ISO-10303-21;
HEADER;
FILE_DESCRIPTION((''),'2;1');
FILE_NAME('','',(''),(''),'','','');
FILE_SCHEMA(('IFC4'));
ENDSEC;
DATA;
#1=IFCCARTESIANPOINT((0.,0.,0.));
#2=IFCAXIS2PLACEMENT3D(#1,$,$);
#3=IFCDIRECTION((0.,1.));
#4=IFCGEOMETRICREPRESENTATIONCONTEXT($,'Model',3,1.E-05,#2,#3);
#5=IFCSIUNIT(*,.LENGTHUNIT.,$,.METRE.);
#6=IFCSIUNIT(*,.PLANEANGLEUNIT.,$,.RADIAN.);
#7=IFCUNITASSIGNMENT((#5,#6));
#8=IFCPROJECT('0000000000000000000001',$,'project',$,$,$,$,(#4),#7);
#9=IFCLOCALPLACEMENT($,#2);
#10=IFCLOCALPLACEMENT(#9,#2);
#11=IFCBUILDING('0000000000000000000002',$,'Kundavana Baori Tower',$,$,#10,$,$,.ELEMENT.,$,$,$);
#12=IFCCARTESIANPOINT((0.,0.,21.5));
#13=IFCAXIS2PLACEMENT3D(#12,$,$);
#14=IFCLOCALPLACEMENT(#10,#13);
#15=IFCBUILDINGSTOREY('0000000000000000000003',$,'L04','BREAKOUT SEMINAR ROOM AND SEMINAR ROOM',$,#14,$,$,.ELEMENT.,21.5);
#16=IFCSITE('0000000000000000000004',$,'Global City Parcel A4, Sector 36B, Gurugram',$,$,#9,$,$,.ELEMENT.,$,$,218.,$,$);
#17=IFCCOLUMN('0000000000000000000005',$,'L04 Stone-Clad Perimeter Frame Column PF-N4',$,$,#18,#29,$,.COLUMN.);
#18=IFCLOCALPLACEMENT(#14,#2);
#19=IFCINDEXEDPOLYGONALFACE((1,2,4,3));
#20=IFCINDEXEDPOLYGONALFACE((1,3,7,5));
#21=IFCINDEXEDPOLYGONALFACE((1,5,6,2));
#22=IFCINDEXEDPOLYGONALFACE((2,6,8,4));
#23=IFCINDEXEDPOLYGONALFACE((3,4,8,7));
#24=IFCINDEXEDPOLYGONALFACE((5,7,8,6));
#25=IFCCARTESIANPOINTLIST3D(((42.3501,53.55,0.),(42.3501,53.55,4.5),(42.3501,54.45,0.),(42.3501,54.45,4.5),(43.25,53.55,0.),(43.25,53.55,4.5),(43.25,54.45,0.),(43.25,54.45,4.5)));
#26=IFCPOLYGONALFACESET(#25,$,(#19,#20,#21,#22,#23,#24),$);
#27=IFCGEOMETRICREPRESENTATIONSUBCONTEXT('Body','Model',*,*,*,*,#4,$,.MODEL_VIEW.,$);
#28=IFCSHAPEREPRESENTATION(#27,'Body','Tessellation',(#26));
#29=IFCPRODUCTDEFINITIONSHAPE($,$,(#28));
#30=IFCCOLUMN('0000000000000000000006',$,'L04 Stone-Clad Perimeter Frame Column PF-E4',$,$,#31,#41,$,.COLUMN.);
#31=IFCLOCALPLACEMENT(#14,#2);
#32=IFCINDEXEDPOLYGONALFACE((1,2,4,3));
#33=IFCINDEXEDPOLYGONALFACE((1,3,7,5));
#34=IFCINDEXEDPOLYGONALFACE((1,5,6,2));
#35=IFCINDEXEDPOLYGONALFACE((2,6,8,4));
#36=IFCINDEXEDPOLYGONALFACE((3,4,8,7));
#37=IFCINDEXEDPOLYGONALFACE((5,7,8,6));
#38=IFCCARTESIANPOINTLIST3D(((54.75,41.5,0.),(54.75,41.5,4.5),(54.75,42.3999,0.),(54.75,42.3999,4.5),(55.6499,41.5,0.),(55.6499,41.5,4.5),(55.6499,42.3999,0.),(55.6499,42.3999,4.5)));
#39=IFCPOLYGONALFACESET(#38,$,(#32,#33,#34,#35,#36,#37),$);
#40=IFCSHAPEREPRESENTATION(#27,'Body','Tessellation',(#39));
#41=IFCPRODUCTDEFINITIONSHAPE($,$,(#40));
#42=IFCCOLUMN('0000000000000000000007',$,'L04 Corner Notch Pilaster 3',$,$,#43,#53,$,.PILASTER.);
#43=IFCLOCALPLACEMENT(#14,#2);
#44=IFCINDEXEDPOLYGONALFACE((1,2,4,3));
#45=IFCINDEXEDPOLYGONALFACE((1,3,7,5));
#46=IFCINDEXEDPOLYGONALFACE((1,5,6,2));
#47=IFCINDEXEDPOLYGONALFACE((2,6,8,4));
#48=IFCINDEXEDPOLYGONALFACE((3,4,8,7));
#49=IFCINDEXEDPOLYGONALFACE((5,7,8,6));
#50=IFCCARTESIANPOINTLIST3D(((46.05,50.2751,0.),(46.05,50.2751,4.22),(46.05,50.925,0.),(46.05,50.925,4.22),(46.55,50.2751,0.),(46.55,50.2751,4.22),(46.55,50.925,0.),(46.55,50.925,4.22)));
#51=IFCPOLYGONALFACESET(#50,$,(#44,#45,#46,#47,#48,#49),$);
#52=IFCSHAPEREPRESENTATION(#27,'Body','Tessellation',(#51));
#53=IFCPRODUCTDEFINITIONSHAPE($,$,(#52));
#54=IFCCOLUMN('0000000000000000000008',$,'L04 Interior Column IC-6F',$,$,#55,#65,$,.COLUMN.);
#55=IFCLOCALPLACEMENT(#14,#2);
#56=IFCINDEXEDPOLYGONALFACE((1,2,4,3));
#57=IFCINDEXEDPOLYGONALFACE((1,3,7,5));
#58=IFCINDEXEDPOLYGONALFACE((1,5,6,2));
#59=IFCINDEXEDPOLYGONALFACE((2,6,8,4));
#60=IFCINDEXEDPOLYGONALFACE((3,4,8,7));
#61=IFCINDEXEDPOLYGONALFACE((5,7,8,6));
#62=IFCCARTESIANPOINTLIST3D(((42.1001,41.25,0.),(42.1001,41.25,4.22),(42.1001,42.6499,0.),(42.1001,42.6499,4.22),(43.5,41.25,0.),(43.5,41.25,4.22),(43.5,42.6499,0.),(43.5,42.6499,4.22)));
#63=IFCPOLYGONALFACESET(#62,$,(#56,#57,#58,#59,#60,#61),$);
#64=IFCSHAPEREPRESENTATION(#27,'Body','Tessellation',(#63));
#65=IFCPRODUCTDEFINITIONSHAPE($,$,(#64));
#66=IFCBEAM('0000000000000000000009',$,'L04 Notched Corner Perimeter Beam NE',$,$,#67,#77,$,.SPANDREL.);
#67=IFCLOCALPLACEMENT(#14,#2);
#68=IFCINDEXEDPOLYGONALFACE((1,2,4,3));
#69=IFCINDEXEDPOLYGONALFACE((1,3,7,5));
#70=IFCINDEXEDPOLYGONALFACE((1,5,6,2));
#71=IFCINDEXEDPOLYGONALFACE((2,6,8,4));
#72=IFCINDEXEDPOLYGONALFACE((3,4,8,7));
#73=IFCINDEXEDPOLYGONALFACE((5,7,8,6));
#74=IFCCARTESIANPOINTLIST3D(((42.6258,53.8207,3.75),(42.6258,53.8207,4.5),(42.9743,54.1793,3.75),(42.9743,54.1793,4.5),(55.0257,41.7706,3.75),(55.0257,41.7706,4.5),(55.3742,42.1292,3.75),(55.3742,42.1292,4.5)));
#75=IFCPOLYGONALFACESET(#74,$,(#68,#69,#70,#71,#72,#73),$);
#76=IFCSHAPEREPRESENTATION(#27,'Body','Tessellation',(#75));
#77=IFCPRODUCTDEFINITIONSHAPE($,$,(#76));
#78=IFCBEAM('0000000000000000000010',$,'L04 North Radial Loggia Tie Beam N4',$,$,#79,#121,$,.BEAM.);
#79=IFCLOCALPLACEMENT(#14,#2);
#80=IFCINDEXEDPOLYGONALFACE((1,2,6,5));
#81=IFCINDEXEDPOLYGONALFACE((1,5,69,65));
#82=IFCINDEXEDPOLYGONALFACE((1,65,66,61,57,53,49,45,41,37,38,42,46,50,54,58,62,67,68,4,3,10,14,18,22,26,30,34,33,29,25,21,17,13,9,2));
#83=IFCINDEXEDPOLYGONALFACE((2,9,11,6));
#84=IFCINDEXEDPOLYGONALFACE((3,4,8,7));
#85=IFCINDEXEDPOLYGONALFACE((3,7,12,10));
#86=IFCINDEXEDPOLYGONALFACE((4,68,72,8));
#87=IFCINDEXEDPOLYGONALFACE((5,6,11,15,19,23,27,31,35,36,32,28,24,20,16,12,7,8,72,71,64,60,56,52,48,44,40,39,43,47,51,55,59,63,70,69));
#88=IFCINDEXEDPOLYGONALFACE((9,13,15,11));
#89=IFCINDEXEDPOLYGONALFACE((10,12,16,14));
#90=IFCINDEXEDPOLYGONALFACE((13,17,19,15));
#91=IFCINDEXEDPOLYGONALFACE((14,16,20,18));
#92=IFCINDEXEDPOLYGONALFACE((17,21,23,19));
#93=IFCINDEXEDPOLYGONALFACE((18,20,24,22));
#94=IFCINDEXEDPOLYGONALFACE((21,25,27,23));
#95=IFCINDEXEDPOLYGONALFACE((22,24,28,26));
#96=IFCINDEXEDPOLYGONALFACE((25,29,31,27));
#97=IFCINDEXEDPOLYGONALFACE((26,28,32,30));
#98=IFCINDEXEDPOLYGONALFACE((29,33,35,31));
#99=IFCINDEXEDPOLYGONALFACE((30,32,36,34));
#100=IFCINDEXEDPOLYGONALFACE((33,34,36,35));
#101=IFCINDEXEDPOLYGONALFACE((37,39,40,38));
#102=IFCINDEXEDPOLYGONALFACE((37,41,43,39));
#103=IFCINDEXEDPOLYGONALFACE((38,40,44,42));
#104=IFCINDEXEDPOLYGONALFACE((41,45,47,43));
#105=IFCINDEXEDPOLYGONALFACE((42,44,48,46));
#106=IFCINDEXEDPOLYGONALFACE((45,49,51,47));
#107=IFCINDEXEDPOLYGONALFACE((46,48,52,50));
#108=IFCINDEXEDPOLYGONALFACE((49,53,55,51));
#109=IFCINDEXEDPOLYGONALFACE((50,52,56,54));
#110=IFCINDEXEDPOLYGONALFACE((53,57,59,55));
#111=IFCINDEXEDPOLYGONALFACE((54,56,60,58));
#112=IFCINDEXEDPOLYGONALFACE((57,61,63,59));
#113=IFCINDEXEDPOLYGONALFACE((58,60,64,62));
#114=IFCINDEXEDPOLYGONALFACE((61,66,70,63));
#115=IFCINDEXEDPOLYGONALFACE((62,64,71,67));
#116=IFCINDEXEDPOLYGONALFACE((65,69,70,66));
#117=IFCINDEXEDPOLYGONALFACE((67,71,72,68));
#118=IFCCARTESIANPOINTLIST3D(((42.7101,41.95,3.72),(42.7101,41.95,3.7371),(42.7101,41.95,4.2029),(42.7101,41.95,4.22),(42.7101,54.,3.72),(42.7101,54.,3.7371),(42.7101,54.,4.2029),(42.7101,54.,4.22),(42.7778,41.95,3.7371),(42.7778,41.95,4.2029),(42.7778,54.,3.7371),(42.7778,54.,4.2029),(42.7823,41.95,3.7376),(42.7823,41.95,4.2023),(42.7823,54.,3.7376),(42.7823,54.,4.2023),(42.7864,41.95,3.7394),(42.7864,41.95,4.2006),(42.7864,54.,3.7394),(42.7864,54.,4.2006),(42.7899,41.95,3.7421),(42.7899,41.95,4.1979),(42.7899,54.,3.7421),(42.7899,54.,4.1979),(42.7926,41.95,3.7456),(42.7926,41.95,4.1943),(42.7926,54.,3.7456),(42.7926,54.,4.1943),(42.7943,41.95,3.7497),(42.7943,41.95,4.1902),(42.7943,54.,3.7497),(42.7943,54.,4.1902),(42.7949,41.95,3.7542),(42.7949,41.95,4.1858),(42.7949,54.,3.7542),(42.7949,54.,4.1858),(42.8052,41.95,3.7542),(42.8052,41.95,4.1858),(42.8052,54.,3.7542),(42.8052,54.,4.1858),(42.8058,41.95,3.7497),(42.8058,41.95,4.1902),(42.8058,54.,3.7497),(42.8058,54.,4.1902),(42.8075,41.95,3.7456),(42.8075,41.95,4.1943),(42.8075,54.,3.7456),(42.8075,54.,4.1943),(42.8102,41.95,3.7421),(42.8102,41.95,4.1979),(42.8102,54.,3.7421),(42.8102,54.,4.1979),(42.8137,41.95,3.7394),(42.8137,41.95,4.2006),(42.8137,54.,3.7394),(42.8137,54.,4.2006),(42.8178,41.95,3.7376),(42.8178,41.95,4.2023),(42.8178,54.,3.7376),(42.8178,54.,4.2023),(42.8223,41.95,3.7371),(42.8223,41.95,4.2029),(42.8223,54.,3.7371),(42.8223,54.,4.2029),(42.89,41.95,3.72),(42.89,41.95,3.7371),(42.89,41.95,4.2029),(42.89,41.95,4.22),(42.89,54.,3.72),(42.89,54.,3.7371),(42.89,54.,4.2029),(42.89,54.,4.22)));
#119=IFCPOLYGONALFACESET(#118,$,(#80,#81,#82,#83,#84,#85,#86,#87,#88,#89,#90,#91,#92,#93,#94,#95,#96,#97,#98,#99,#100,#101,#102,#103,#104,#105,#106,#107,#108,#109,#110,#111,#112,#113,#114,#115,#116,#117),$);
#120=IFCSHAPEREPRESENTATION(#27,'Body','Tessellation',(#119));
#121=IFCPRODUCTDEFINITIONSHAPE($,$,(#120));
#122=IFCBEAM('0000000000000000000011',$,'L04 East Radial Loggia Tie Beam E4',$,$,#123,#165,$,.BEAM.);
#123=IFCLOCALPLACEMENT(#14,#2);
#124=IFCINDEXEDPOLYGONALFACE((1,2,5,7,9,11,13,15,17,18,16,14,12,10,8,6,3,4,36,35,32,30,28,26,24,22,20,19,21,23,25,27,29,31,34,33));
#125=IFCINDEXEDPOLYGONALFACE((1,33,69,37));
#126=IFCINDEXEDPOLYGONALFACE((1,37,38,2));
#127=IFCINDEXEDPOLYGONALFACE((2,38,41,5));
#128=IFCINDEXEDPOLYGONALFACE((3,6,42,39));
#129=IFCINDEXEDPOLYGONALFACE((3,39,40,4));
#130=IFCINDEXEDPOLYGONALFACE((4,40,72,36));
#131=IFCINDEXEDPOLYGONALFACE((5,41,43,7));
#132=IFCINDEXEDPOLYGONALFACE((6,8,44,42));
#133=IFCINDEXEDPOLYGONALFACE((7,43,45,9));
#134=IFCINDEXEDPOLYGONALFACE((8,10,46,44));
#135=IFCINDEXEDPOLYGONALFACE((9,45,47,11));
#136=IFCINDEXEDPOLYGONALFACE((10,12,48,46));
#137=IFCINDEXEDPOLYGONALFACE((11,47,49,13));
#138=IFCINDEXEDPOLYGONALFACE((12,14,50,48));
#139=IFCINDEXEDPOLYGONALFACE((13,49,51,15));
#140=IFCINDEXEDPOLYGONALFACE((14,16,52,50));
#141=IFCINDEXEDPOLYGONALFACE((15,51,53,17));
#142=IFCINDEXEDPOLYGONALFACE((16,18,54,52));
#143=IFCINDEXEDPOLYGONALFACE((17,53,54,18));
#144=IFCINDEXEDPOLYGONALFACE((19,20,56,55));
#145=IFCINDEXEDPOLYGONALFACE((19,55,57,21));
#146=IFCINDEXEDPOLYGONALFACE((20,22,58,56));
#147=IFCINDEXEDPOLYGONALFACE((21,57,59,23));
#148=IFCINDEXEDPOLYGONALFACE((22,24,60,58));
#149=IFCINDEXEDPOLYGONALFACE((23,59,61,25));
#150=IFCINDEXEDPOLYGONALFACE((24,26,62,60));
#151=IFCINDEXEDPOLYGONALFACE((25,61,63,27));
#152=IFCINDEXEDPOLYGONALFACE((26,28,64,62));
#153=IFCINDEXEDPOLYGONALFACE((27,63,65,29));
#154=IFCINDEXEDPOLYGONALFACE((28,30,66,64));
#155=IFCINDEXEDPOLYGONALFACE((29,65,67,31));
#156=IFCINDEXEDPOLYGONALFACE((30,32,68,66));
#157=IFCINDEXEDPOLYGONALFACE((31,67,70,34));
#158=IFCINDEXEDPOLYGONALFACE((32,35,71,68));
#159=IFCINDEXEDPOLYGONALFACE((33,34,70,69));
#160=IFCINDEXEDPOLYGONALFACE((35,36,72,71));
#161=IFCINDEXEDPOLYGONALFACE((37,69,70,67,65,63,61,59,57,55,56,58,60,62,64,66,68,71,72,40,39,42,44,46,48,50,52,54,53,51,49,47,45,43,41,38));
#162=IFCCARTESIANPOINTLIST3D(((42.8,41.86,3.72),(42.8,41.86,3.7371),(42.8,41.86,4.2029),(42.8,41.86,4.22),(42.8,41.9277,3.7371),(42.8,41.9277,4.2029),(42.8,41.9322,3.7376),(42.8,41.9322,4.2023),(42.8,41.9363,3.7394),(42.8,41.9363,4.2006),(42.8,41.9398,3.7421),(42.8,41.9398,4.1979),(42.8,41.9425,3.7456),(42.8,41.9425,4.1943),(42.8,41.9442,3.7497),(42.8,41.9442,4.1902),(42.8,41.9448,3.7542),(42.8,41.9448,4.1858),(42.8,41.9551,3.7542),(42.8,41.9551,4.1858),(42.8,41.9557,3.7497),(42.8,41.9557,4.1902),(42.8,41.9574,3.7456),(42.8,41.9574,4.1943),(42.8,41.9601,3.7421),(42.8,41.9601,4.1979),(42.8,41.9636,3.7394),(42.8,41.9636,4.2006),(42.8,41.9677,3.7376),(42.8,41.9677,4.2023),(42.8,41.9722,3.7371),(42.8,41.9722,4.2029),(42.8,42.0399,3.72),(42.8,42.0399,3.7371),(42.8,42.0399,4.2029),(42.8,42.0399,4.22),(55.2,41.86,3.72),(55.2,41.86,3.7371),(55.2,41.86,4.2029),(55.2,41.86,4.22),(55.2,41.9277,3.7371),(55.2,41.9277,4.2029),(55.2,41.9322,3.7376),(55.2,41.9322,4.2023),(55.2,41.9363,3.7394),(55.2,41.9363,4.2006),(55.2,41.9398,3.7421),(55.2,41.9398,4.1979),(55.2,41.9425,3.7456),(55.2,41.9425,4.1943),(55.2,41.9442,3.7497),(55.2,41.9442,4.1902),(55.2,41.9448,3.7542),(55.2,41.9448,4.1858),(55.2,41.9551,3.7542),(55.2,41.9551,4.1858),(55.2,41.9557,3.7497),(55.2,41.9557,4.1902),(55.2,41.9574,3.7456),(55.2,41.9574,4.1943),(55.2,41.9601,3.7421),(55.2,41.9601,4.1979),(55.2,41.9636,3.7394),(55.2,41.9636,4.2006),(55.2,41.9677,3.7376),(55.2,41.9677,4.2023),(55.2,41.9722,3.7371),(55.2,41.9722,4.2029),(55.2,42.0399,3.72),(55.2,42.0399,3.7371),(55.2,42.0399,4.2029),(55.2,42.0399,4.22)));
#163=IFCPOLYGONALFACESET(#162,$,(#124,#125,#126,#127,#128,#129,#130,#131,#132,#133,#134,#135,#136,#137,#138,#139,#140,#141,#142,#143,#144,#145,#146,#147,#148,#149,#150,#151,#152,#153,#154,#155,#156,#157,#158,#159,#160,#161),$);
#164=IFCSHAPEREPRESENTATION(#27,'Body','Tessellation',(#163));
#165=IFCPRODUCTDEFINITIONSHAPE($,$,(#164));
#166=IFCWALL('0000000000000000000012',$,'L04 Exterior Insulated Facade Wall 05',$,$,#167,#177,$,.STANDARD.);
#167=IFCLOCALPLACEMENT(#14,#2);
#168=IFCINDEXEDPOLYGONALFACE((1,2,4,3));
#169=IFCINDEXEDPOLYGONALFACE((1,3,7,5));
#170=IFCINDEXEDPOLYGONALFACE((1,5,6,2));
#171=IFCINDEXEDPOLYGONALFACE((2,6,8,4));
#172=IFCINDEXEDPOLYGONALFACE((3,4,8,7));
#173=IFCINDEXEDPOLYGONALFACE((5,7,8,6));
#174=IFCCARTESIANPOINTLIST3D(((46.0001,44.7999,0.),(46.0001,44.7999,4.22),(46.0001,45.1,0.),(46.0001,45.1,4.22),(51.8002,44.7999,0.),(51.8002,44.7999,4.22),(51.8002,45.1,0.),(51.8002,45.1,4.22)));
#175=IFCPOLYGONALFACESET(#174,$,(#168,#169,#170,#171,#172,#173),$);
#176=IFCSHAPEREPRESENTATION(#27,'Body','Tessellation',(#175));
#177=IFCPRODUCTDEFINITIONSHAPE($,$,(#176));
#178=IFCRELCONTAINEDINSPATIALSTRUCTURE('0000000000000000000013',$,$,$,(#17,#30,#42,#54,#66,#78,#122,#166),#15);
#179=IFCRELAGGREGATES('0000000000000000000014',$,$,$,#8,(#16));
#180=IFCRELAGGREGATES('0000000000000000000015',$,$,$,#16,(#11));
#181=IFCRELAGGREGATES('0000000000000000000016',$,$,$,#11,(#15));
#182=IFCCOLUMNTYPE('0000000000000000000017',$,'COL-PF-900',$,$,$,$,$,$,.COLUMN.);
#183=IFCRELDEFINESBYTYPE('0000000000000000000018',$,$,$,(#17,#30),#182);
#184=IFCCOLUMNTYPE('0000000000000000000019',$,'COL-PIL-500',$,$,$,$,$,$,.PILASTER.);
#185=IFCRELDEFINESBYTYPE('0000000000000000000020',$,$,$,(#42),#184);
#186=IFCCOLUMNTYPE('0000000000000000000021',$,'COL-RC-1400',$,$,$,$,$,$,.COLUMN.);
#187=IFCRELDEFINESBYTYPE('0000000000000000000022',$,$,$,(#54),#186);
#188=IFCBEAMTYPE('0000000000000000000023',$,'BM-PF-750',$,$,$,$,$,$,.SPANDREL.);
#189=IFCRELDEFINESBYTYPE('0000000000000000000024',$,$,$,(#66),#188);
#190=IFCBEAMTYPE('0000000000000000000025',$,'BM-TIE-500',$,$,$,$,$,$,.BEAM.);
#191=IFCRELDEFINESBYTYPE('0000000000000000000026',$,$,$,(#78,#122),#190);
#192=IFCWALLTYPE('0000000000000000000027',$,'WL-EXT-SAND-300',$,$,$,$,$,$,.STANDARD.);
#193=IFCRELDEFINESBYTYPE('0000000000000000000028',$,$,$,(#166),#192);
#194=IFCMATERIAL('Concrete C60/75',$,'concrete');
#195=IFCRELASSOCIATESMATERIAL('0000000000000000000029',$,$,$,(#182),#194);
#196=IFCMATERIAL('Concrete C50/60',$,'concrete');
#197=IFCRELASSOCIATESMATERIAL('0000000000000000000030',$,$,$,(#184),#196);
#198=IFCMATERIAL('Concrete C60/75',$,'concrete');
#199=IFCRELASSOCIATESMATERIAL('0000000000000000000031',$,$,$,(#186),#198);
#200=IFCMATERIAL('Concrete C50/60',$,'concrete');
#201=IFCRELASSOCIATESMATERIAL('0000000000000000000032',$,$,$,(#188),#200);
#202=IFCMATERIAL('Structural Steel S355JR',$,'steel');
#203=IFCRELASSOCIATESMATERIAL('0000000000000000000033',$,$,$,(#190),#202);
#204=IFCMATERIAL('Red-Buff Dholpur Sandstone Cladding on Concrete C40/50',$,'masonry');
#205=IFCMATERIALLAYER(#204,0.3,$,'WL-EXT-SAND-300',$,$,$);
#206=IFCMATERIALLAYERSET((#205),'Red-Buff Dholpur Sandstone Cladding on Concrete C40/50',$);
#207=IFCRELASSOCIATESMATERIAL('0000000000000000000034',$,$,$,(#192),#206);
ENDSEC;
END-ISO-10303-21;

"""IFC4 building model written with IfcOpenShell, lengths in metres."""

from ifc_helpers import new_model, si_unit, direction, frame, frame_2d, origin, origin_2d, place, context, subcontext, project, spatial, rectangle, i_section, extrude, material, layer, layer_set, material_profile, profile_set, type_object, element, save


model = new_model("IFC4")

# Units and contexts
model_context = context("Model", 3, precision=1e-05, world=origin(), true_north=direction((0.0, 1.0)))
body_context = subcontext(model_context, "Body", "Model", "MODEL_VIEW")
ifc_project = project(units=[si_unit("LENGTHUNIT", "METRE"), si_unit("PLANEANGLEUNIT", "RADIAN")], contexts=[model_context])

# Site, building, storey
site_placement = place(None, origin())
site = spatial("IfcSite", under=ifc_project, at=site_placement, Name="Global City Parcel A4, Sector 36B, Gurugram", CompositionType="ELEMENT", RefElevation=218.0)
building_placement = place(site_placement, origin())
building = spatial("IfcBuilding", under=site, at=building_placement, Name="Kundavana Baori Tower", CompositionType="ELEMENT")
storey_placement = place(building_placement, frame((0.0, 0.0, 21.5)))
storey = spatial("IfcBuildingStorey", under=building, at=storey_placement, Name="L04", Description="BREAKOUT SEMINAR ROOM AND SEMINAR ROOM", CompositionType="ELEMENT", Elevation=21.5)

# Columns
ifc_material_1 = material(Name="Concrete C60/75", Category="concrete")
ifc_material_profile_1 = material_profile(ifc_material_1, rectangle(XDim=0.8999, YDim=0.8999, at=origin_2d()), Name="RC PF 900x900")
ifc_profile_set_1 = profile_set([ifc_material_profile_1], Name="Concrete C60/75")
column_type_1 = type_object("IfcColumnType", Name="COL-PF-900", PredefinedType="COLUMN", material=ifc_profile_set_1)
for number, where, z_axis, x_axis, name in (
    (1, (42.8, 54.0, 0.0), (0.0, 0.0, 1.0), (1.0, 0.0, 0.0), "L04 Stone-Clad Perimeter Frame Column PF-N4"),
    (2, (55.2, 41.95, 0.0), (0.0, 0.0, 1.0), (1.0, 0.0, 0.0), "L04 Stone-Clad Perimeter Frame Column PF-E4"),
):
    element("IfcColumn", number, at=place(storey_placement, frame(where, z_axis=z_axis, x_axis=x_axis)), inside=storey, type_object=column_type_1, Name=name, PredefinedType="COLUMN", context=body_context, shape_type="SweptSolid", body=[
        extrude(rectangle(XDim=0.8999, YDim=0.8999, at=origin_2d()), origin(), (0.0, 0.0, 1.0), 4.5),
    ])
ifc_material_2 = material(Name="Concrete C50/60", Category="concrete")
ifc_material_profile_2 = material_profile(ifc_material_2, rectangle(XDim=0.5, YDim=0.6499, at=origin_2d()), Name="RC PIL 500x650")
ifc_profile_set_2 = profile_set([ifc_material_profile_2], Name="Concrete C50/60")
column_type_2 = type_object("IfcColumnType", Name="COL-PIL-500", PredefinedType="PILASTER", material=ifc_profile_set_2)
column_1_placement = place(storey_placement, frame((46.3, 50.6001, 0.0), z_axis=(0.0, 0.0, 1.0), x_axis=(1.0, 0.0, 0.0)))
element("IfcColumn", 3, at=column_1_placement, inside=storey, type_object=column_type_2, Name="L04 Corner Notch Pilaster 3", PredefinedType="PILASTER", context=body_context, shape_type="SweptSolid", body=[
    extrude(rectangle(XDim=0.5, YDim=0.6499, at=origin_2d()), origin(), (0.0, 0.0, 1.0), 4.22),
])
ifc_material_3 = material(Name="Concrete C60/75", Category="concrete")
ifc_material_profile_3 = material_profile(ifc_material_3, rectangle(XDim=1.3999, YDim=1.3999, at=origin_2d()), Name="RC 1400x1400")
ifc_profile_set_3 = profile_set([ifc_material_profile_3], Name="Concrete C60/75")
column_type_3 = type_object("IfcColumnType", Name="COL-RC-1400", PredefinedType="COLUMN", material=ifc_profile_set_3)
column_2_placement = place(storey_placement, frame((42.8, 41.95, 0.0), z_axis=(0.0, 0.0, 1.0), x_axis=(1.0, 0.0, 0.0)))
element("IfcColumn", 4, at=column_2_placement, inside=storey, type_object=column_type_3, Name="L04 Interior Column IC-6F", PredefinedType="COLUMN", context=body_context, shape_type="SweptSolid", body=[
    extrude(rectangle(XDim=1.3999, YDim=1.3999, at=origin_2d()), origin(), (0.0, 0.0, 1.0), 4.22),
])

# Beams
ifc_material_4 = material(Name="Concrete C50/60", Category="concrete")
ifc_material_profile_4 = material_profile(ifc_material_4, rectangle(XDim=0.5, YDim=0.75, at=origin_2d()), Name="RC BM 500x750")
ifc_profile_set_4 = profile_set([ifc_material_profile_4], Name="Concrete C50/60")
beam_type_1 = type_object("IfcBeamType", Name="BM-PF-750", PredefinedType="SPANDREL", material=ifc_profile_set_4)
beam_1_placement = place(storey_placement, frame((42.8, 54.0, 4.125), z_axis=(0.717151, -0.696917, 0.0), x_axis=(0.696917, 0.717151, 0.0)))
element("IfcBeam", 5, at=beam_1_placement, inside=storey, type_object=beam_type_1, Name="L04 Notched Corner Perimeter Beam NE", PredefinedType="SPANDREL", context=body_context, shape_type="SweptSolid", body=[
    extrude(rectangle(XDim=0.5, YDim=0.75, at=origin_2d()), origin(), (0.0, 0.0, 1.0), 17.2905),
])
ifc_material_5 = material(Name="Structural Steel S355JR", Category="steel")
ifc_material_profile_5 = material_profile(ifc_material_5, i_section(OverallWidth=0.1799, OverallDepth=0.5, WebThickness=0.0103, FlangeThickness=0.0171, FilletRadius=0.0171, at=origin_2d()), Name="ISMB 500")
ifc_profile_set_5 = profile_set([ifc_material_profile_5], Name="Structural Steel S355JR")
beam_type_2 = type_object("IfcBeamType", Name="BM-TIE-500", PredefinedType="BEAM", material=ifc_profile_set_5)
beam_2_placement = place(storey_placement, frame((42.8, 41.95, 3.97), z_axis=(0.0, 1.0, 0.0), x_axis=(-1.0, 0.0, 0.0)))
element("IfcBeam", 6, at=beam_2_placement, inside=storey, type_object=beam_type_2, Name="L04 North Radial Loggia Tie Beam N4", PredefinedType="BEAM", context=body_context, shape_type="SweptSolid", body=[
    extrude(i_section(OverallWidth=0.1799, OverallDepth=0.5, WebThickness=0.0103, FlangeThickness=0.0171, FilletRadius=0.0171, at=origin_2d()), origin(), (0.0, 0.0, 1.0), 12.05),
])
beam_3_placement = place(storey_placement, frame((42.8, 41.95, 3.97), z_axis=(1.0, 0.0, 0.0), x_axis=(0.0, 1.0, 0.0)))
element("IfcBeam", 7, at=beam_3_placement, inside=storey, type_object=beam_type_2, Name="L04 East Radial Loggia Tie Beam E4", PredefinedType="BEAM", context=body_context, shape_type="SweptSolid", body=[
    extrude(i_section(OverallWidth=0.1799, OverallDepth=0.5, WebThickness=0.0103, FlangeThickness=0.0171, FilletRadius=0.0171, at=origin_2d()), origin(), (0.0, 0.0, 1.0), 12.3999),
])

# Wall
ifc_material_6 = material(Name="Red-Buff Dholpur Sandstone Cladding on Concrete C40/50", Category="masonry")
ifc_layer_1 = layer(ifc_material_6, 0.3, Name="WL-EXT-SAND-300")
ifc_layer_set_1 = layer_set([ifc_layer_1], Name="Red-Buff Dholpur Sandstone Cladding on Concrete C40/50")
wall_type_1 = type_object("IfcWallType", Name="WL-EXT-SAND-300", PredefinedType="STANDARD", material=ifc_layer_set_1)
wall_1_placement = place(storey_placement, frame((51.8, 44.95, 0.0), z_axis=(0.0, 0.0, 1.0), x_axis=(-1.0, 0.0, 0.0)))
element("IfcWall", 8, at=wall_1_placement, inside=storey, type_object=wall_type_1, Name="L04 Exterior Insulated Facade Wall 05", PredefinedType="STANDARD", context=body_context, shape_type="SweptSolid", body=[
    extrude(rectangle(XDim=5.8, YDim=0.3, at=frame_2d((2.8999, 0.0))), origin(), (0.0, 0.0, 1.0), 4.22),
])

save(model, "model.ifc")
